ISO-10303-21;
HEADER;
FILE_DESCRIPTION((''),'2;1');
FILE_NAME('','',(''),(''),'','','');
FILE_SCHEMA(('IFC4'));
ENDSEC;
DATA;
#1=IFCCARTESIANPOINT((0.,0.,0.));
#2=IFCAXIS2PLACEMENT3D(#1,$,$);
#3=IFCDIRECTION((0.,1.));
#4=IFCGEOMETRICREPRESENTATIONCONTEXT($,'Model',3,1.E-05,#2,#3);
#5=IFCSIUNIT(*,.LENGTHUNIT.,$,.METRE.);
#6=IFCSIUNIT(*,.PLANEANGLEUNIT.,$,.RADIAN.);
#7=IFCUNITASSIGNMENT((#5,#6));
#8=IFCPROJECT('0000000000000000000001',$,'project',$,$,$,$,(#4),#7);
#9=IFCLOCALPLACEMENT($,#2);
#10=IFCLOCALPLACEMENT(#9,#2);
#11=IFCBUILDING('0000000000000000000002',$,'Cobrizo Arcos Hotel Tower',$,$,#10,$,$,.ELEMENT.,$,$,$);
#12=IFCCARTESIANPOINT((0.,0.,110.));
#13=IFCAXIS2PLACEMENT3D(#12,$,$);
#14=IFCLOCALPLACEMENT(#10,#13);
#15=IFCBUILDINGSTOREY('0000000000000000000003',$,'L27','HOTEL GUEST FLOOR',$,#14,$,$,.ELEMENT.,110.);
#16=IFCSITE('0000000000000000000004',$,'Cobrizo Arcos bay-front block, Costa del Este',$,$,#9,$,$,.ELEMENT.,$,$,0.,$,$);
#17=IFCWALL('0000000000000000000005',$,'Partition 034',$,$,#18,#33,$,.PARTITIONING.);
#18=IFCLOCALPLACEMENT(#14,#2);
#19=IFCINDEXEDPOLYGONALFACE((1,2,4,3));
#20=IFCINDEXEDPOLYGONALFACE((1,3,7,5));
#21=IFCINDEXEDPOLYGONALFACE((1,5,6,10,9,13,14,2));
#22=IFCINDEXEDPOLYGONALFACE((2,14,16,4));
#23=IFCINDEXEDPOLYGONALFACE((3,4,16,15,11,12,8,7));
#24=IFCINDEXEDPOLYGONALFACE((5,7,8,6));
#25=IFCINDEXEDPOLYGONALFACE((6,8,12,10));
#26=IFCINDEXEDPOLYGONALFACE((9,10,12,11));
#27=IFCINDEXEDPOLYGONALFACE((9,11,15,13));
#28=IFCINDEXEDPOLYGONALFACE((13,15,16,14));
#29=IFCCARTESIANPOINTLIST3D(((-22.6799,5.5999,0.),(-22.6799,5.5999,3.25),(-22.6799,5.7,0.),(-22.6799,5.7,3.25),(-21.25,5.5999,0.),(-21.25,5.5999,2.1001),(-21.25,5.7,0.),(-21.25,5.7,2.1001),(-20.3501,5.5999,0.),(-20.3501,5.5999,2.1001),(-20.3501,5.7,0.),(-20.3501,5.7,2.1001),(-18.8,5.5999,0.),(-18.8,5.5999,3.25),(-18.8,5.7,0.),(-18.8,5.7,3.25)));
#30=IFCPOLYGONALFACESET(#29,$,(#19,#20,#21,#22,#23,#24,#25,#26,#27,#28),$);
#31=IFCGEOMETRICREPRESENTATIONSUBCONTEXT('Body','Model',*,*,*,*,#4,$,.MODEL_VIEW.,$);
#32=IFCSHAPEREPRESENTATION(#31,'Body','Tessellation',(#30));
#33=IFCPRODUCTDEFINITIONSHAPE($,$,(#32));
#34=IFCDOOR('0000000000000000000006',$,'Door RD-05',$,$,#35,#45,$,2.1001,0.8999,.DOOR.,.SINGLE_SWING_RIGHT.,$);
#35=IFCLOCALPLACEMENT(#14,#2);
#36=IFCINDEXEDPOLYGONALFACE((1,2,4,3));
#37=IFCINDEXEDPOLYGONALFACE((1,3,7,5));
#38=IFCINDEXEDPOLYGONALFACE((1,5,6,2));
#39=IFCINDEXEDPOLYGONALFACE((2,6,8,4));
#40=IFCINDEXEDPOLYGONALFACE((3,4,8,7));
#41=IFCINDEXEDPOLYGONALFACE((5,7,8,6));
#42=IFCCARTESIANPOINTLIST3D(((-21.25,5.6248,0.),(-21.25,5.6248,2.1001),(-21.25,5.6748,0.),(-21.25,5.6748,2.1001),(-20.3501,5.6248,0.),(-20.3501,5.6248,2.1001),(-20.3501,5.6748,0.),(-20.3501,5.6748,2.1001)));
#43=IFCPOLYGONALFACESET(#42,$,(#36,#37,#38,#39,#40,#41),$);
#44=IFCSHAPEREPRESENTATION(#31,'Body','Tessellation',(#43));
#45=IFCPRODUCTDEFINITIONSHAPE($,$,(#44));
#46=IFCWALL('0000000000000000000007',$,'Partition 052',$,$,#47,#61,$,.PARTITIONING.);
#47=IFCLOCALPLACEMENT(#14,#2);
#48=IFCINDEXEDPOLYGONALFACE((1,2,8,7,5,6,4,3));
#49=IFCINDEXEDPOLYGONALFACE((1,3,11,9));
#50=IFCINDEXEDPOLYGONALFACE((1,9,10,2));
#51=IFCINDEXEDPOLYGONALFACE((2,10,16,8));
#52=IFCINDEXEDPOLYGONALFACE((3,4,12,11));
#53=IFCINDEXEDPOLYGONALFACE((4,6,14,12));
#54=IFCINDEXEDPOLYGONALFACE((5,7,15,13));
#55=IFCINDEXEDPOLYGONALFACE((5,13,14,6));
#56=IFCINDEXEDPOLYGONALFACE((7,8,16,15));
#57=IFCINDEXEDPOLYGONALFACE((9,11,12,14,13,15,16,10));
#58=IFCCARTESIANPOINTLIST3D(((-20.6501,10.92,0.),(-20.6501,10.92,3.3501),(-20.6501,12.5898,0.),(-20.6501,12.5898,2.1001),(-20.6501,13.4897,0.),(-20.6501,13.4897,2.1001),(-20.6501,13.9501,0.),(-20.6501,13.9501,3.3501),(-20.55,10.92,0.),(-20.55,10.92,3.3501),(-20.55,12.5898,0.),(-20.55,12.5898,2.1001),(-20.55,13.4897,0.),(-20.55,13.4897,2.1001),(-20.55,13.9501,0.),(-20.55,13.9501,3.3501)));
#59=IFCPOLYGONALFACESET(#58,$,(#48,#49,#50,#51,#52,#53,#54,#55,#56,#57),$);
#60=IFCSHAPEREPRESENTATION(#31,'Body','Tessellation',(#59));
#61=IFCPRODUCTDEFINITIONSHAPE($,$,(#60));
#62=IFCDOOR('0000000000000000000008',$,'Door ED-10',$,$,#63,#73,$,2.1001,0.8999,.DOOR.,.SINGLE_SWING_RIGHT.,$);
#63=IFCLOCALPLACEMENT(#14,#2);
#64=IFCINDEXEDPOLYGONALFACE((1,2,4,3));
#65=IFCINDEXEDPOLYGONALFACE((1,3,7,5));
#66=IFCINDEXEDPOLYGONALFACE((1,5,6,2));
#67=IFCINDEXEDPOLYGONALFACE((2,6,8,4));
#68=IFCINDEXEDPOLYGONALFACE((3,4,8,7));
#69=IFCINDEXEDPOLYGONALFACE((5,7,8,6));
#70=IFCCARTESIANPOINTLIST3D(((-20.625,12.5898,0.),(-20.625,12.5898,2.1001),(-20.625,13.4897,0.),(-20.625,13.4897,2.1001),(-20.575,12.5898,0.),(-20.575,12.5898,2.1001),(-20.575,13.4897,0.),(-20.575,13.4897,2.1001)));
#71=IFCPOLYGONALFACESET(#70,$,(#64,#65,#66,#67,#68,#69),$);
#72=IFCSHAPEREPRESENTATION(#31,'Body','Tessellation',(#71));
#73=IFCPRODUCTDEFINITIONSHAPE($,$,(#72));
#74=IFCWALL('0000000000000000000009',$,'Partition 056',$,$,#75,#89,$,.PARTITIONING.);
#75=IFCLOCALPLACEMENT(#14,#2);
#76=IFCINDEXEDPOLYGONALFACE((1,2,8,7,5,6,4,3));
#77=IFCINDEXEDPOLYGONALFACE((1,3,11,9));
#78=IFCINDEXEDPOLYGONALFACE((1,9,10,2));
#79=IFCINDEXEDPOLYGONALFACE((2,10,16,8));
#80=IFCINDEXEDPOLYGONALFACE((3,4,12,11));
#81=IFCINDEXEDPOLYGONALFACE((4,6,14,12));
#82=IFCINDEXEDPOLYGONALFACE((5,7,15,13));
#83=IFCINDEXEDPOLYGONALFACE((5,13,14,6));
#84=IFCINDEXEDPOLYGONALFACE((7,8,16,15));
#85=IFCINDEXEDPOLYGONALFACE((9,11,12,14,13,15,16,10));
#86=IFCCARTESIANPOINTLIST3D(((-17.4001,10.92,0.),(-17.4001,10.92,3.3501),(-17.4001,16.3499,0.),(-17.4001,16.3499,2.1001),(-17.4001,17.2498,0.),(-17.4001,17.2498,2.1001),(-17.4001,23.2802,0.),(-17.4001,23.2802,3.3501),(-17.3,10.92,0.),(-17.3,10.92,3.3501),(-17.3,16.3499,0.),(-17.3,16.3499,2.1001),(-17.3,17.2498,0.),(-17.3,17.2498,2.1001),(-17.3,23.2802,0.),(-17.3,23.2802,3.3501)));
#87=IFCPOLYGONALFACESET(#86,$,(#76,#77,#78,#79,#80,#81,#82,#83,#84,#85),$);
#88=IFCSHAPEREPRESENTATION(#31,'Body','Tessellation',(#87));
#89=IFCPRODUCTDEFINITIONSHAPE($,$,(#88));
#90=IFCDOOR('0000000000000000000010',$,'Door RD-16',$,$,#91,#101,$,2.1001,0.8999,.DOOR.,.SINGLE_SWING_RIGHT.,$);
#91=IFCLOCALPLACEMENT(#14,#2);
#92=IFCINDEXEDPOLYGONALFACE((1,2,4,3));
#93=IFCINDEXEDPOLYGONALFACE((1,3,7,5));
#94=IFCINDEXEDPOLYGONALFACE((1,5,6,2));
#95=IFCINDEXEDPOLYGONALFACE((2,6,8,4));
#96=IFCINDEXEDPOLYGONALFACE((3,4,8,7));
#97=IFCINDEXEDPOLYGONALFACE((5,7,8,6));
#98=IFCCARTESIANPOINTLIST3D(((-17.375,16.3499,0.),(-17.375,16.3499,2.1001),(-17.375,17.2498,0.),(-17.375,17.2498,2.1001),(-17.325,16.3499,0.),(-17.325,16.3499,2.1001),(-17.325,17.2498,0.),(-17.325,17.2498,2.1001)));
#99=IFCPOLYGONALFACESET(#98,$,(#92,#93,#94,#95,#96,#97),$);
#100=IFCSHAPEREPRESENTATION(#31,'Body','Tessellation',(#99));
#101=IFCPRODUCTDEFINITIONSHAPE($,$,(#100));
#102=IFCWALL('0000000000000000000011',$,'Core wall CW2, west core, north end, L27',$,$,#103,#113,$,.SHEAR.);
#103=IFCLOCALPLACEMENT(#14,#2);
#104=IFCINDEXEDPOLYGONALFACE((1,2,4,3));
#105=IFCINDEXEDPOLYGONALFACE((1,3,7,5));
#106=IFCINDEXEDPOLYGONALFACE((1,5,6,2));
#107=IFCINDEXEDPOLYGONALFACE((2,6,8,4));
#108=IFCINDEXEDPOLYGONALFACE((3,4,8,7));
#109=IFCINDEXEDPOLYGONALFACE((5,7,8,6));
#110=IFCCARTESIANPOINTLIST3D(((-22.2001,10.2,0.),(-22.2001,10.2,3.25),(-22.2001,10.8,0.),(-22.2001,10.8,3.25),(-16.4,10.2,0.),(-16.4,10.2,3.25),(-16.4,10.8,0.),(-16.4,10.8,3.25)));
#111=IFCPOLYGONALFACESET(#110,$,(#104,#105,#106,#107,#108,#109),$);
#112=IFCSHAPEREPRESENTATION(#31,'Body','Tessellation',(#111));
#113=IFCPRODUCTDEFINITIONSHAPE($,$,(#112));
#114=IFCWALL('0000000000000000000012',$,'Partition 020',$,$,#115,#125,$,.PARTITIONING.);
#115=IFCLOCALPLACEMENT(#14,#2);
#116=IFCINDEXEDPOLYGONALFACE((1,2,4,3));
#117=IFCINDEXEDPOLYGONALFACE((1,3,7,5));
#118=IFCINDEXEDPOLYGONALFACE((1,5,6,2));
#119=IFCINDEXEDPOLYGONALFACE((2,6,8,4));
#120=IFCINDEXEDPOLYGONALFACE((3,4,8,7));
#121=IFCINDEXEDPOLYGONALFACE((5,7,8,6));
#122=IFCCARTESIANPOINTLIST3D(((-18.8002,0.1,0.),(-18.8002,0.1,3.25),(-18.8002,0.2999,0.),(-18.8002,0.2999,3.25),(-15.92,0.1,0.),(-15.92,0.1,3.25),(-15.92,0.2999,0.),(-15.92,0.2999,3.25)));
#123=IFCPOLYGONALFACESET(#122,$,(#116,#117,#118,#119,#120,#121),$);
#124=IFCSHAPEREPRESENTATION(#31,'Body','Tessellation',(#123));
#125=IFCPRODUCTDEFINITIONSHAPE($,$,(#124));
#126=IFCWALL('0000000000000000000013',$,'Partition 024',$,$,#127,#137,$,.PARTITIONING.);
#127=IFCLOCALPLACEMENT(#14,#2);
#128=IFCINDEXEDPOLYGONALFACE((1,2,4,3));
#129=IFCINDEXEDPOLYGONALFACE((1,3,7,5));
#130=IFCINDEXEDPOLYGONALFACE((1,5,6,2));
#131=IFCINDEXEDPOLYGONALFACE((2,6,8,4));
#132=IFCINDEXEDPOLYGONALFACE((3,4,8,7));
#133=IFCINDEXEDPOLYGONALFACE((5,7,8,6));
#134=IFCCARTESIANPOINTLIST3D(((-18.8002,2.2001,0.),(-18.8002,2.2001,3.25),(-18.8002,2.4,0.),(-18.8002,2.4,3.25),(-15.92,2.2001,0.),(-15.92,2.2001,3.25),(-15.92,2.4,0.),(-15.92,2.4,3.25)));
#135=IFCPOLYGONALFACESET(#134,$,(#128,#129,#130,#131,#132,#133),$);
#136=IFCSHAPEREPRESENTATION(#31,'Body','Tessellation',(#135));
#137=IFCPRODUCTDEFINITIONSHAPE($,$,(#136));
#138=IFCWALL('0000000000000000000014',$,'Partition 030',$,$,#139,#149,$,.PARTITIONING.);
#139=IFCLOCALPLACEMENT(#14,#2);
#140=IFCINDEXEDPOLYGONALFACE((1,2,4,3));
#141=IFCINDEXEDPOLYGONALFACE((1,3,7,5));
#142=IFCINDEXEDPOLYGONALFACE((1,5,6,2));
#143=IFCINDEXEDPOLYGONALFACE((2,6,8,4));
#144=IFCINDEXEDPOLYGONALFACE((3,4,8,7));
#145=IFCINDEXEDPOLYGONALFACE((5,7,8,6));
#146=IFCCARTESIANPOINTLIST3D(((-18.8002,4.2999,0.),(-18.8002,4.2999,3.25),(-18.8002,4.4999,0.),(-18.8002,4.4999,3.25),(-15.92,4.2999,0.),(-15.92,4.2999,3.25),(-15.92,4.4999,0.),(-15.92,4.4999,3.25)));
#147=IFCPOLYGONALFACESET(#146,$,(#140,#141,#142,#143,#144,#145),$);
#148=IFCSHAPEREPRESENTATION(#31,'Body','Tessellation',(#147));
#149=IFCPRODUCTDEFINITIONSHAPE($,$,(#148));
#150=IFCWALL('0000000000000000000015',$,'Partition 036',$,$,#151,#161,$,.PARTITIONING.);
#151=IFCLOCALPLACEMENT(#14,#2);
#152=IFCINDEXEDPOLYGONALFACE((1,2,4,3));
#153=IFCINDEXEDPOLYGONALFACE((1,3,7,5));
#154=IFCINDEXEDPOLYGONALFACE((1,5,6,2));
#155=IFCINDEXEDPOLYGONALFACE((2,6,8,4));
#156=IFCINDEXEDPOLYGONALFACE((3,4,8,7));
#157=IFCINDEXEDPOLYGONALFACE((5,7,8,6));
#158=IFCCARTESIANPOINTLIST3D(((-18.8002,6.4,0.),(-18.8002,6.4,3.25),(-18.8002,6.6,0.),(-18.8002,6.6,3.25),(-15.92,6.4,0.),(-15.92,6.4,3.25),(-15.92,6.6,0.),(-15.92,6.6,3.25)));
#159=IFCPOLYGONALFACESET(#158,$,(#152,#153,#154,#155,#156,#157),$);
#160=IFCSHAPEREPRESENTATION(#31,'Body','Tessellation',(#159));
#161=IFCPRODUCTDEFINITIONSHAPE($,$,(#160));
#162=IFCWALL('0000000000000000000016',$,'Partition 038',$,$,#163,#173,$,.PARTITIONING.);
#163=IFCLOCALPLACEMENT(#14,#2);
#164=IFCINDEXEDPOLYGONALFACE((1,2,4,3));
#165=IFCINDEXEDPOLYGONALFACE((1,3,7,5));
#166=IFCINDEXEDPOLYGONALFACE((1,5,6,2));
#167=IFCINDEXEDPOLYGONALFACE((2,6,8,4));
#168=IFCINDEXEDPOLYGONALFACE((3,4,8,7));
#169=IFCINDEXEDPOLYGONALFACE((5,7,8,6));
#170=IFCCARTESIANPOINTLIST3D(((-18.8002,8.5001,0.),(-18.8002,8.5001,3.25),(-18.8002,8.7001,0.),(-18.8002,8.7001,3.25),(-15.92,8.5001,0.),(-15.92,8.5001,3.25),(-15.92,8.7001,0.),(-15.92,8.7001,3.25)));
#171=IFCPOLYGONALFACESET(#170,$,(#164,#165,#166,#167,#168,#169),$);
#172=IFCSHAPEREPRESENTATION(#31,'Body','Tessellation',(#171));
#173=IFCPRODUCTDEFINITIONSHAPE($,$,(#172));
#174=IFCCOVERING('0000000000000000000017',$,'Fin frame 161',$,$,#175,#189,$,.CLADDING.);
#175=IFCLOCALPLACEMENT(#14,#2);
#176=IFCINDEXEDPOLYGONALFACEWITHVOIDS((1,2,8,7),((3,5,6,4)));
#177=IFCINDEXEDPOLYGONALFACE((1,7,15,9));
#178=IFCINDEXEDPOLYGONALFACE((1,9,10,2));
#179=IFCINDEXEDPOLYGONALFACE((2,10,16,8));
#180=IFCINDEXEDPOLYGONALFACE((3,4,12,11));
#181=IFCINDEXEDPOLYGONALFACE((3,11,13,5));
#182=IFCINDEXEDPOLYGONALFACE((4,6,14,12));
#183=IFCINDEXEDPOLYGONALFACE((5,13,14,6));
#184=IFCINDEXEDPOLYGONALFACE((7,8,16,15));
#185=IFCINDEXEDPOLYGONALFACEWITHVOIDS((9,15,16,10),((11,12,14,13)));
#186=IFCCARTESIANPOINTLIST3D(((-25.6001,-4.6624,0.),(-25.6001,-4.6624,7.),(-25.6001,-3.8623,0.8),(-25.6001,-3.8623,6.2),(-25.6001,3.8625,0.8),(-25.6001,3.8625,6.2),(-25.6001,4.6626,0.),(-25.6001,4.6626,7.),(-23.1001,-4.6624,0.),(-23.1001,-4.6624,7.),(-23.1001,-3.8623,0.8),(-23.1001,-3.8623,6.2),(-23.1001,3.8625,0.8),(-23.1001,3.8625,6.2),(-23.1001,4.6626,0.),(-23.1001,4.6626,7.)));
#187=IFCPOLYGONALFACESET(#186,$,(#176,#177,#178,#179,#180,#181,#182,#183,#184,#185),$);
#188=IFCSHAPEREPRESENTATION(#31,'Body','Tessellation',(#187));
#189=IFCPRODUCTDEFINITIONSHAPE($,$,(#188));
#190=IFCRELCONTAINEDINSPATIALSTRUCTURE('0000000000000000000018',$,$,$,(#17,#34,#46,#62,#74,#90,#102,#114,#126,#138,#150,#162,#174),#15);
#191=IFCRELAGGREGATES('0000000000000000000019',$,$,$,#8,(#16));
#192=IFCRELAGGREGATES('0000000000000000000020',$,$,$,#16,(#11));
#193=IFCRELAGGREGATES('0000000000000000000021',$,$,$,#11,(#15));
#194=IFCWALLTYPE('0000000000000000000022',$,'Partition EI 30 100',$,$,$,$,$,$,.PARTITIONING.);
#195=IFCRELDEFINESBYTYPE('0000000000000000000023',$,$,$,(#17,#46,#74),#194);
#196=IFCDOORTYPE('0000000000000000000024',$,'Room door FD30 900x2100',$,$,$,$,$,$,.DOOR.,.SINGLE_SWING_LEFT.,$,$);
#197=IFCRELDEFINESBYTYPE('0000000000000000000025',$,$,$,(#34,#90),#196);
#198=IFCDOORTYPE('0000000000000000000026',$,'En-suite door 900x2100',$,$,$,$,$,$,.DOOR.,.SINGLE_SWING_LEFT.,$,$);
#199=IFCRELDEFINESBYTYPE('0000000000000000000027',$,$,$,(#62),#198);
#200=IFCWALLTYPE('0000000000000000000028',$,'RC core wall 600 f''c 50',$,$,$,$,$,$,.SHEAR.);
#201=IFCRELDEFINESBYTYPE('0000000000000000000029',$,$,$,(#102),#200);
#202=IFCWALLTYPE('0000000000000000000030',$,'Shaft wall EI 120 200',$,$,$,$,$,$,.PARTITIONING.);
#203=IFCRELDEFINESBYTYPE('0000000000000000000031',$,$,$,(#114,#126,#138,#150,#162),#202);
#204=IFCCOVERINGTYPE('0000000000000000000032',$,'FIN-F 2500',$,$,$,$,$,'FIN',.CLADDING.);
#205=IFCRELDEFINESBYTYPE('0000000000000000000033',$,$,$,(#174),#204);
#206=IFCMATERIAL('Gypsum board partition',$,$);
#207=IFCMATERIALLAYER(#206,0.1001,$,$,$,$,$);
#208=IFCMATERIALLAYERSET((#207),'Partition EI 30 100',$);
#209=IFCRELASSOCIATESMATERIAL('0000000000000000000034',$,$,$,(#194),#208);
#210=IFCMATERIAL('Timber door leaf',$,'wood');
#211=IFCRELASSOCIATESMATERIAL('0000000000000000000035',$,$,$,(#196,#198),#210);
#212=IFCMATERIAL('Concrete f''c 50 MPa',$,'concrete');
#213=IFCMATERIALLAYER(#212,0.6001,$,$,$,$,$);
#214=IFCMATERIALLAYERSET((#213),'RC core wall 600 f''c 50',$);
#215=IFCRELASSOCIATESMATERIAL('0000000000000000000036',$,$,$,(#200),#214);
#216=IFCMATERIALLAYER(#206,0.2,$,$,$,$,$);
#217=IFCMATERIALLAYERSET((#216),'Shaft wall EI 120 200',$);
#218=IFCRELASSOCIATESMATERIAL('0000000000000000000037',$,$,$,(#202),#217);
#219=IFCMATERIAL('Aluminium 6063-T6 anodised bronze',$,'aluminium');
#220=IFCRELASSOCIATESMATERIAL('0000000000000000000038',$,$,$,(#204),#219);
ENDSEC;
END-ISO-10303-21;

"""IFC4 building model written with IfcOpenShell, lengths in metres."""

from ifc_helpers import new_model, si_unit, direction, frame, frame_2d, origin, place, context, subcontext, project, spatial, polyline, rectangle, outline, extrude, material, layer, layer_set, type_object, element, fill, save


model = new_model("IFC4")

# Units and contexts
model_context = context("Model", 3, precision=1e-05, world=origin(), true_north=direction((0.0, 1.0)))
body_context = subcontext(model_context, "Body", "Model", "MODEL_VIEW")
ifc_project = project(units=[si_unit("LENGTHUNIT", "METRE"), si_unit("PLANEANGLEUNIT", "RADIAN")], contexts=[model_context])

# Site, building, storey
site_placement = place(None, origin())
site = spatial("IfcSite", under=ifc_project, at=site_placement, Name="Cobrizo Arcos bay-front block, Costa del Este", CompositionType="ELEMENT", RefElevation=0.0)
building_placement = place(site_placement, origin())
building = spatial("IfcBuilding", under=site, at=building_placement, Name="Cobrizo Arcos Hotel Tower", CompositionType="ELEMENT")
storey_placement = place(building_placement, frame((0.0, 0.0, 110.0)))
storey = spatial("IfcBuildingStorey", under=building, at=storey_placement, Name="L27", Description="HOTEL GUEST FLOOR", CompositionType="ELEMENT", Elevation=110.0)

# Shared definitions
ifc_material_1 = material(Name="Aluminium 6063-T6 anodised bronze", Category="aluminium")

# Walls, openings, doors
ifc_material_2 = material(Name="Gypsum board partition")
ifc_layer_1 = layer(ifc_material_2, 0.1001)
ifc_layer_set_1 = layer_set([ifc_layer_1], Name="Partition EI 30 100")
wall_type_1 = type_object("IfcWallType", Name="Partition EI 30 100", PredefinedType="PARTITIONING", material=ifc_layer_set_1)
ifc_material_3 = material(Name="Timber door leaf", Category="wood")
door_type_1 = type_object("IfcDoorType", Name="Room door FD30 900x2100", OperationType="SINGLE_SWING_LEFT", PredefinedType="DOOR", material=ifc_material_3)
wall_1_placement = place(storey_placement, frame((-22.6799, 5.6499, 0.0), z_axis=(0.0, 0.0, 1.0), x_axis=(1.0, 0.0, 0.0)))
wall_1 = element("IfcWall", 1, at=wall_1_placement, inside=storey, type_object=wall_type_1, Name="Partition 034", PredefinedType="PARTITIONING", context=body_context, shape_type="SweptSolid", body=[
    extrude(rectangle(XDim=3.8799, YDim=0.1001, at=frame_2d((1.9399, 0.0))), origin(), (0.0, 0.0, 1.0), 3.25),
])
opening_1_placement = place(wall_1_placement, frame((1.4299, 0.0, 0.0)))
opening_1 = element("IfcOpeningElement", 2, at=opening_1_placement, cuts=wall_1, PredefinedType="OPENING", context=body_context, shape_type="SweptSolid", body=[
    extrude(rectangle(XDim=0.8999, YDim=2.1001, at=frame_2d((0.45, 1.05))), frame((0.0, 0.062, 0.0), z_axis=(0.0, -1.0, 0.0), x_axis=(1.0, 0.0, 0.0)), (0.0, 0.0, 1.0), 0.124),
])
door_1_placement = place(opening_1_placement, origin())
door_1 = element("IfcDoor", 3, at=door_1_placement, inside=storey, type_object=door_type_1, Name="Door RD-05", OperationType="SINGLE_SWING_RIGHT", OverallHeight=2.1001, OverallWidth=0.8999, PredefinedType="DOOR", context=body_context, shape_type="SweptSolid", body=[
    extrude(rectangle(XDim=0.8999, YDim=2.1001, at=frame_2d((0.45, 1.05))), frame((0.0, 0.0249, 0.0), z_axis=(0.0, -1.0, 0.0), x_axis=(1.0, 0.0, 0.0)), (0.0, 0.0, 1.0), 0.05),
])
fill(opening_1, door_1)
wall_2_placement = place(storey_placement, frame((-20.6001, 10.9199, 0.0), z_axis=(0.0, 0.0, 1.0), x_axis=(0.0, 1.0, 0.0)))
wall_2 = element("IfcWall", 4, at=wall_2_placement, inside=storey, type_object=wall_type_1, Name="Partition 052", PredefinedType="PARTITIONING", context=body_context, shape_type="SweptSolid", body=[
    extrude(rectangle(XDim=3.03, YDim=0.1001, at=frame_2d((1.5151, 0.0))), origin(), (0.0, 0.0, 1.0), 3.3501),
])
opening_2_placement = place(wall_2_placement, frame((1.6699, 0.0, 0.0)))
opening_2 = element("IfcOpeningElement", 5, at=opening_2_placement, cuts=wall_2, PredefinedType="OPENING", context=body_context, shape_type="SweptSolid", body=[
    extrude(rectangle(XDim=0.8999, YDim=2.1001, at=frame_2d((0.45, 1.05))), frame((0.0, 0.062, 0.0), z_axis=(0.0, -1.0, 0.0), x_axis=(1.0, 0.0, 0.0)), (0.0, 0.0, 1.0), 0.124),
])
door_type_2 = type_object("IfcDoorType", Name="En-suite door 900x2100", OperationType="SINGLE_SWING_LEFT", PredefinedType="DOOR", material=ifc_material_3)
door_2_placement = place(opening_2_placement, origin())
door_2 = element("IfcDoor", 6, at=door_2_placement, inside=storey, type_object=door_type_2, Name="Door ED-10", OperationType="SINGLE_SWING_RIGHT", OverallHeight=2.1001, OverallWidth=0.8999, PredefinedType="DOOR", context=body_context, shape_type="SweptSolid", body=[
    extrude(rectangle(XDim=0.8999, YDim=2.1001, at=frame_2d((0.45, 1.05))), frame((0.0, 0.0249, 0.0), z_axis=(0.0, -1.0, 0.0), x_axis=(1.0, 0.0, 0.0)), (0.0, 0.0, 1.0), 0.05),
])
fill(opening_2, door_2)
wall_3_placement = place(storey_placement, frame((-17.3501, 10.9199, 0.0), z_axis=(0.0, 0.0, 1.0), x_axis=(0.0, 1.0, 0.0)))
wall_3 = element("IfcWall", 7, at=wall_3_placement, inside=storey, type_object=wall_type_1, Name="Partition 056", PredefinedType="PARTITIONING", context=body_context, shape_type="SweptSolid", body=[
    extrude(rectangle(XDim=12.3601, YDim=0.1001, at=frame_2d((6.1802, 0.0))), origin(), (0.0, 0.0, 1.0), 3.3501),
])
opening_3_placement = place(wall_3_placement, frame((5.4299, 0.0, 0.0)))
opening_3 = element("IfcOpeningElement", 8, at=opening_3_placement, cuts=wall_3, PredefinedType="OPENING", context=body_context, shape_type="SweptSolid", body=[
    extrude(rectangle(XDim=0.8999, YDim=2.1001, at=frame_2d((0.45, 1.05))), frame((0.0, 0.062, 0.0), z_axis=(0.0, -1.0, 0.0), x_axis=(1.0, 0.0, 0.0)), (0.0, 0.0, 1.0), 0.124),
])
door_3_placement = place(opening_3_placement, origin())
door_3 = element("IfcDoor", 9, at=door_3_placement, inside=storey, type_object=door_type_1, Name="Door RD-16", OperationType="SINGLE_SWING_RIGHT", OverallHeight=2.1001, OverallWidth=0.8999, PredefinedType="DOOR", context=body_context, shape_type="SweptSolid", body=[
    extrude(rectangle(XDim=0.8999, YDim=2.1001, at=frame_2d((0.45, 1.05))), frame((0.0, 0.0249, 0.0), z_axis=(0.0, -1.0, 0.0), x_axis=(1.0, 0.0, 0.0)), (0.0, 0.0, 1.0), 0.05),
])
fill(opening_3, door_3)

# Walls
ifc_material_4 = material(Name="Concrete f'c 50 MPa", Category="concrete")
ifc_layer_2 = layer(ifc_material_4, 0.6001)
ifc_layer_set_2 = layer_set([ifc_layer_2], Name="RC core wall 600 f'c 50")
wall_type_2 = type_object("IfcWallType", Name="RC core wall 600 f'c 50", PredefinedType="SHEAR", material=ifc_layer_set_2)
wall_4_placement = place(storey_placement, frame((-22.2, 10.5, 0.0), z_axis=(0.0, 0.0, 1.0), x_axis=(1.0, 0.0, 0.0)))
element("IfcWall", 10, at=wall_4_placement, inside=storey, type_object=wall_type_2, Name="Core wall CW2, west core, north end, L27", PredefinedType="SHEAR", context=body_context, shape_type="SweptSolid", body=[
    extrude(rectangle(XDim=5.8, YDim=0.6001, at=frame_2d((2.8999, 0.0))), origin(), (0.0, 0.0, 1.0), 3.25),
])
ifc_layer_3 = layer(ifc_material_2, 0.2)
ifc_layer_set_3 = layer_set([ifc_layer_3], Name="Shaft wall EI 120 200")
wall_type_3 = type_object("IfcWallType", Name="Shaft wall EI 120 200", PredefinedType="PARTITIONING", material=ifc_layer_set_3)
for number, where, z_axis, x_axis, name in (
    (11, (-18.8, 0.2, 0.0), (0.0, 0.0, 1.0), (1.0, 0.0, 0.0), "Partition 020"),
    (12, (-18.8, 2.3, 0.0), (0.0, 0.0, 1.0), (1.0, 0.0, 0.0), "Partition 024"),
    (13, (-18.8, 4.3999, 0.0), (0.0, 0.0, 1.0), (1.0, 0.0, 0.0), "Partition 030"),
    (14, (-18.8, 6.5, 0.0), (0.0, 0.0, 1.0), (1.0, 0.0, 0.0), "Partition 036"),
    (15, (-18.8, 8.6001, 0.0), (0.0, 0.0, 1.0), (1.0, 0.0, 0.0), "Partition 038"),
):
    element("IfcWall", number, at=place(storey_placement, frame(where, z_axis=z_axis, x_axis=x_axis)), inside=storey, type_object=wall_type_3, Name=name, PredefinedType="PARTITIONING", context=body_context, shape_type="SweptSolid", body=[
        extrude(rectangle(XDim=2.8801, YDim=0.2, at=frame_2d((1.4399, 0.0))), origin(), (0.0, 0.0, 1.0), 3.25),
    ])

# Covering
covering_type_1 = type_object("IfcCoveringType", Name="FIN-F 2500", ElementType="FIN", PredefinedType="CLADDING", material=ifc_material_1)
covering_1_placement = place(storey_placement, frame((-23.1001, 4.6626, 0.0), z_axis=(-1.0, 0.0, 0.0), x_axis=(0.0, -1.0, 0.0)))
element("IfcCovering", 16, at=covering_1_placement, inside=storey, type_object=covering_type_1, Name="Fin frame 161", PredefinedType="CLADDING", context=body_context, shape_type="SweptSolid", body=[
    extrude(outline(polyline([(0.0, 7.0), (0.0, 0.0), (9.325, 0.0), (9.325, 7.0), (0.0, 7.0)]), holes=[polyline([(8.5249, 0.8), (0.8, 0.8), (0.8, 6.2), (8.5249, 6.2), (8.5249, 0.8)])]), origin(), (0.0, 0.0, 1.0), 2.5),
])

save(model, "model.ifc")
